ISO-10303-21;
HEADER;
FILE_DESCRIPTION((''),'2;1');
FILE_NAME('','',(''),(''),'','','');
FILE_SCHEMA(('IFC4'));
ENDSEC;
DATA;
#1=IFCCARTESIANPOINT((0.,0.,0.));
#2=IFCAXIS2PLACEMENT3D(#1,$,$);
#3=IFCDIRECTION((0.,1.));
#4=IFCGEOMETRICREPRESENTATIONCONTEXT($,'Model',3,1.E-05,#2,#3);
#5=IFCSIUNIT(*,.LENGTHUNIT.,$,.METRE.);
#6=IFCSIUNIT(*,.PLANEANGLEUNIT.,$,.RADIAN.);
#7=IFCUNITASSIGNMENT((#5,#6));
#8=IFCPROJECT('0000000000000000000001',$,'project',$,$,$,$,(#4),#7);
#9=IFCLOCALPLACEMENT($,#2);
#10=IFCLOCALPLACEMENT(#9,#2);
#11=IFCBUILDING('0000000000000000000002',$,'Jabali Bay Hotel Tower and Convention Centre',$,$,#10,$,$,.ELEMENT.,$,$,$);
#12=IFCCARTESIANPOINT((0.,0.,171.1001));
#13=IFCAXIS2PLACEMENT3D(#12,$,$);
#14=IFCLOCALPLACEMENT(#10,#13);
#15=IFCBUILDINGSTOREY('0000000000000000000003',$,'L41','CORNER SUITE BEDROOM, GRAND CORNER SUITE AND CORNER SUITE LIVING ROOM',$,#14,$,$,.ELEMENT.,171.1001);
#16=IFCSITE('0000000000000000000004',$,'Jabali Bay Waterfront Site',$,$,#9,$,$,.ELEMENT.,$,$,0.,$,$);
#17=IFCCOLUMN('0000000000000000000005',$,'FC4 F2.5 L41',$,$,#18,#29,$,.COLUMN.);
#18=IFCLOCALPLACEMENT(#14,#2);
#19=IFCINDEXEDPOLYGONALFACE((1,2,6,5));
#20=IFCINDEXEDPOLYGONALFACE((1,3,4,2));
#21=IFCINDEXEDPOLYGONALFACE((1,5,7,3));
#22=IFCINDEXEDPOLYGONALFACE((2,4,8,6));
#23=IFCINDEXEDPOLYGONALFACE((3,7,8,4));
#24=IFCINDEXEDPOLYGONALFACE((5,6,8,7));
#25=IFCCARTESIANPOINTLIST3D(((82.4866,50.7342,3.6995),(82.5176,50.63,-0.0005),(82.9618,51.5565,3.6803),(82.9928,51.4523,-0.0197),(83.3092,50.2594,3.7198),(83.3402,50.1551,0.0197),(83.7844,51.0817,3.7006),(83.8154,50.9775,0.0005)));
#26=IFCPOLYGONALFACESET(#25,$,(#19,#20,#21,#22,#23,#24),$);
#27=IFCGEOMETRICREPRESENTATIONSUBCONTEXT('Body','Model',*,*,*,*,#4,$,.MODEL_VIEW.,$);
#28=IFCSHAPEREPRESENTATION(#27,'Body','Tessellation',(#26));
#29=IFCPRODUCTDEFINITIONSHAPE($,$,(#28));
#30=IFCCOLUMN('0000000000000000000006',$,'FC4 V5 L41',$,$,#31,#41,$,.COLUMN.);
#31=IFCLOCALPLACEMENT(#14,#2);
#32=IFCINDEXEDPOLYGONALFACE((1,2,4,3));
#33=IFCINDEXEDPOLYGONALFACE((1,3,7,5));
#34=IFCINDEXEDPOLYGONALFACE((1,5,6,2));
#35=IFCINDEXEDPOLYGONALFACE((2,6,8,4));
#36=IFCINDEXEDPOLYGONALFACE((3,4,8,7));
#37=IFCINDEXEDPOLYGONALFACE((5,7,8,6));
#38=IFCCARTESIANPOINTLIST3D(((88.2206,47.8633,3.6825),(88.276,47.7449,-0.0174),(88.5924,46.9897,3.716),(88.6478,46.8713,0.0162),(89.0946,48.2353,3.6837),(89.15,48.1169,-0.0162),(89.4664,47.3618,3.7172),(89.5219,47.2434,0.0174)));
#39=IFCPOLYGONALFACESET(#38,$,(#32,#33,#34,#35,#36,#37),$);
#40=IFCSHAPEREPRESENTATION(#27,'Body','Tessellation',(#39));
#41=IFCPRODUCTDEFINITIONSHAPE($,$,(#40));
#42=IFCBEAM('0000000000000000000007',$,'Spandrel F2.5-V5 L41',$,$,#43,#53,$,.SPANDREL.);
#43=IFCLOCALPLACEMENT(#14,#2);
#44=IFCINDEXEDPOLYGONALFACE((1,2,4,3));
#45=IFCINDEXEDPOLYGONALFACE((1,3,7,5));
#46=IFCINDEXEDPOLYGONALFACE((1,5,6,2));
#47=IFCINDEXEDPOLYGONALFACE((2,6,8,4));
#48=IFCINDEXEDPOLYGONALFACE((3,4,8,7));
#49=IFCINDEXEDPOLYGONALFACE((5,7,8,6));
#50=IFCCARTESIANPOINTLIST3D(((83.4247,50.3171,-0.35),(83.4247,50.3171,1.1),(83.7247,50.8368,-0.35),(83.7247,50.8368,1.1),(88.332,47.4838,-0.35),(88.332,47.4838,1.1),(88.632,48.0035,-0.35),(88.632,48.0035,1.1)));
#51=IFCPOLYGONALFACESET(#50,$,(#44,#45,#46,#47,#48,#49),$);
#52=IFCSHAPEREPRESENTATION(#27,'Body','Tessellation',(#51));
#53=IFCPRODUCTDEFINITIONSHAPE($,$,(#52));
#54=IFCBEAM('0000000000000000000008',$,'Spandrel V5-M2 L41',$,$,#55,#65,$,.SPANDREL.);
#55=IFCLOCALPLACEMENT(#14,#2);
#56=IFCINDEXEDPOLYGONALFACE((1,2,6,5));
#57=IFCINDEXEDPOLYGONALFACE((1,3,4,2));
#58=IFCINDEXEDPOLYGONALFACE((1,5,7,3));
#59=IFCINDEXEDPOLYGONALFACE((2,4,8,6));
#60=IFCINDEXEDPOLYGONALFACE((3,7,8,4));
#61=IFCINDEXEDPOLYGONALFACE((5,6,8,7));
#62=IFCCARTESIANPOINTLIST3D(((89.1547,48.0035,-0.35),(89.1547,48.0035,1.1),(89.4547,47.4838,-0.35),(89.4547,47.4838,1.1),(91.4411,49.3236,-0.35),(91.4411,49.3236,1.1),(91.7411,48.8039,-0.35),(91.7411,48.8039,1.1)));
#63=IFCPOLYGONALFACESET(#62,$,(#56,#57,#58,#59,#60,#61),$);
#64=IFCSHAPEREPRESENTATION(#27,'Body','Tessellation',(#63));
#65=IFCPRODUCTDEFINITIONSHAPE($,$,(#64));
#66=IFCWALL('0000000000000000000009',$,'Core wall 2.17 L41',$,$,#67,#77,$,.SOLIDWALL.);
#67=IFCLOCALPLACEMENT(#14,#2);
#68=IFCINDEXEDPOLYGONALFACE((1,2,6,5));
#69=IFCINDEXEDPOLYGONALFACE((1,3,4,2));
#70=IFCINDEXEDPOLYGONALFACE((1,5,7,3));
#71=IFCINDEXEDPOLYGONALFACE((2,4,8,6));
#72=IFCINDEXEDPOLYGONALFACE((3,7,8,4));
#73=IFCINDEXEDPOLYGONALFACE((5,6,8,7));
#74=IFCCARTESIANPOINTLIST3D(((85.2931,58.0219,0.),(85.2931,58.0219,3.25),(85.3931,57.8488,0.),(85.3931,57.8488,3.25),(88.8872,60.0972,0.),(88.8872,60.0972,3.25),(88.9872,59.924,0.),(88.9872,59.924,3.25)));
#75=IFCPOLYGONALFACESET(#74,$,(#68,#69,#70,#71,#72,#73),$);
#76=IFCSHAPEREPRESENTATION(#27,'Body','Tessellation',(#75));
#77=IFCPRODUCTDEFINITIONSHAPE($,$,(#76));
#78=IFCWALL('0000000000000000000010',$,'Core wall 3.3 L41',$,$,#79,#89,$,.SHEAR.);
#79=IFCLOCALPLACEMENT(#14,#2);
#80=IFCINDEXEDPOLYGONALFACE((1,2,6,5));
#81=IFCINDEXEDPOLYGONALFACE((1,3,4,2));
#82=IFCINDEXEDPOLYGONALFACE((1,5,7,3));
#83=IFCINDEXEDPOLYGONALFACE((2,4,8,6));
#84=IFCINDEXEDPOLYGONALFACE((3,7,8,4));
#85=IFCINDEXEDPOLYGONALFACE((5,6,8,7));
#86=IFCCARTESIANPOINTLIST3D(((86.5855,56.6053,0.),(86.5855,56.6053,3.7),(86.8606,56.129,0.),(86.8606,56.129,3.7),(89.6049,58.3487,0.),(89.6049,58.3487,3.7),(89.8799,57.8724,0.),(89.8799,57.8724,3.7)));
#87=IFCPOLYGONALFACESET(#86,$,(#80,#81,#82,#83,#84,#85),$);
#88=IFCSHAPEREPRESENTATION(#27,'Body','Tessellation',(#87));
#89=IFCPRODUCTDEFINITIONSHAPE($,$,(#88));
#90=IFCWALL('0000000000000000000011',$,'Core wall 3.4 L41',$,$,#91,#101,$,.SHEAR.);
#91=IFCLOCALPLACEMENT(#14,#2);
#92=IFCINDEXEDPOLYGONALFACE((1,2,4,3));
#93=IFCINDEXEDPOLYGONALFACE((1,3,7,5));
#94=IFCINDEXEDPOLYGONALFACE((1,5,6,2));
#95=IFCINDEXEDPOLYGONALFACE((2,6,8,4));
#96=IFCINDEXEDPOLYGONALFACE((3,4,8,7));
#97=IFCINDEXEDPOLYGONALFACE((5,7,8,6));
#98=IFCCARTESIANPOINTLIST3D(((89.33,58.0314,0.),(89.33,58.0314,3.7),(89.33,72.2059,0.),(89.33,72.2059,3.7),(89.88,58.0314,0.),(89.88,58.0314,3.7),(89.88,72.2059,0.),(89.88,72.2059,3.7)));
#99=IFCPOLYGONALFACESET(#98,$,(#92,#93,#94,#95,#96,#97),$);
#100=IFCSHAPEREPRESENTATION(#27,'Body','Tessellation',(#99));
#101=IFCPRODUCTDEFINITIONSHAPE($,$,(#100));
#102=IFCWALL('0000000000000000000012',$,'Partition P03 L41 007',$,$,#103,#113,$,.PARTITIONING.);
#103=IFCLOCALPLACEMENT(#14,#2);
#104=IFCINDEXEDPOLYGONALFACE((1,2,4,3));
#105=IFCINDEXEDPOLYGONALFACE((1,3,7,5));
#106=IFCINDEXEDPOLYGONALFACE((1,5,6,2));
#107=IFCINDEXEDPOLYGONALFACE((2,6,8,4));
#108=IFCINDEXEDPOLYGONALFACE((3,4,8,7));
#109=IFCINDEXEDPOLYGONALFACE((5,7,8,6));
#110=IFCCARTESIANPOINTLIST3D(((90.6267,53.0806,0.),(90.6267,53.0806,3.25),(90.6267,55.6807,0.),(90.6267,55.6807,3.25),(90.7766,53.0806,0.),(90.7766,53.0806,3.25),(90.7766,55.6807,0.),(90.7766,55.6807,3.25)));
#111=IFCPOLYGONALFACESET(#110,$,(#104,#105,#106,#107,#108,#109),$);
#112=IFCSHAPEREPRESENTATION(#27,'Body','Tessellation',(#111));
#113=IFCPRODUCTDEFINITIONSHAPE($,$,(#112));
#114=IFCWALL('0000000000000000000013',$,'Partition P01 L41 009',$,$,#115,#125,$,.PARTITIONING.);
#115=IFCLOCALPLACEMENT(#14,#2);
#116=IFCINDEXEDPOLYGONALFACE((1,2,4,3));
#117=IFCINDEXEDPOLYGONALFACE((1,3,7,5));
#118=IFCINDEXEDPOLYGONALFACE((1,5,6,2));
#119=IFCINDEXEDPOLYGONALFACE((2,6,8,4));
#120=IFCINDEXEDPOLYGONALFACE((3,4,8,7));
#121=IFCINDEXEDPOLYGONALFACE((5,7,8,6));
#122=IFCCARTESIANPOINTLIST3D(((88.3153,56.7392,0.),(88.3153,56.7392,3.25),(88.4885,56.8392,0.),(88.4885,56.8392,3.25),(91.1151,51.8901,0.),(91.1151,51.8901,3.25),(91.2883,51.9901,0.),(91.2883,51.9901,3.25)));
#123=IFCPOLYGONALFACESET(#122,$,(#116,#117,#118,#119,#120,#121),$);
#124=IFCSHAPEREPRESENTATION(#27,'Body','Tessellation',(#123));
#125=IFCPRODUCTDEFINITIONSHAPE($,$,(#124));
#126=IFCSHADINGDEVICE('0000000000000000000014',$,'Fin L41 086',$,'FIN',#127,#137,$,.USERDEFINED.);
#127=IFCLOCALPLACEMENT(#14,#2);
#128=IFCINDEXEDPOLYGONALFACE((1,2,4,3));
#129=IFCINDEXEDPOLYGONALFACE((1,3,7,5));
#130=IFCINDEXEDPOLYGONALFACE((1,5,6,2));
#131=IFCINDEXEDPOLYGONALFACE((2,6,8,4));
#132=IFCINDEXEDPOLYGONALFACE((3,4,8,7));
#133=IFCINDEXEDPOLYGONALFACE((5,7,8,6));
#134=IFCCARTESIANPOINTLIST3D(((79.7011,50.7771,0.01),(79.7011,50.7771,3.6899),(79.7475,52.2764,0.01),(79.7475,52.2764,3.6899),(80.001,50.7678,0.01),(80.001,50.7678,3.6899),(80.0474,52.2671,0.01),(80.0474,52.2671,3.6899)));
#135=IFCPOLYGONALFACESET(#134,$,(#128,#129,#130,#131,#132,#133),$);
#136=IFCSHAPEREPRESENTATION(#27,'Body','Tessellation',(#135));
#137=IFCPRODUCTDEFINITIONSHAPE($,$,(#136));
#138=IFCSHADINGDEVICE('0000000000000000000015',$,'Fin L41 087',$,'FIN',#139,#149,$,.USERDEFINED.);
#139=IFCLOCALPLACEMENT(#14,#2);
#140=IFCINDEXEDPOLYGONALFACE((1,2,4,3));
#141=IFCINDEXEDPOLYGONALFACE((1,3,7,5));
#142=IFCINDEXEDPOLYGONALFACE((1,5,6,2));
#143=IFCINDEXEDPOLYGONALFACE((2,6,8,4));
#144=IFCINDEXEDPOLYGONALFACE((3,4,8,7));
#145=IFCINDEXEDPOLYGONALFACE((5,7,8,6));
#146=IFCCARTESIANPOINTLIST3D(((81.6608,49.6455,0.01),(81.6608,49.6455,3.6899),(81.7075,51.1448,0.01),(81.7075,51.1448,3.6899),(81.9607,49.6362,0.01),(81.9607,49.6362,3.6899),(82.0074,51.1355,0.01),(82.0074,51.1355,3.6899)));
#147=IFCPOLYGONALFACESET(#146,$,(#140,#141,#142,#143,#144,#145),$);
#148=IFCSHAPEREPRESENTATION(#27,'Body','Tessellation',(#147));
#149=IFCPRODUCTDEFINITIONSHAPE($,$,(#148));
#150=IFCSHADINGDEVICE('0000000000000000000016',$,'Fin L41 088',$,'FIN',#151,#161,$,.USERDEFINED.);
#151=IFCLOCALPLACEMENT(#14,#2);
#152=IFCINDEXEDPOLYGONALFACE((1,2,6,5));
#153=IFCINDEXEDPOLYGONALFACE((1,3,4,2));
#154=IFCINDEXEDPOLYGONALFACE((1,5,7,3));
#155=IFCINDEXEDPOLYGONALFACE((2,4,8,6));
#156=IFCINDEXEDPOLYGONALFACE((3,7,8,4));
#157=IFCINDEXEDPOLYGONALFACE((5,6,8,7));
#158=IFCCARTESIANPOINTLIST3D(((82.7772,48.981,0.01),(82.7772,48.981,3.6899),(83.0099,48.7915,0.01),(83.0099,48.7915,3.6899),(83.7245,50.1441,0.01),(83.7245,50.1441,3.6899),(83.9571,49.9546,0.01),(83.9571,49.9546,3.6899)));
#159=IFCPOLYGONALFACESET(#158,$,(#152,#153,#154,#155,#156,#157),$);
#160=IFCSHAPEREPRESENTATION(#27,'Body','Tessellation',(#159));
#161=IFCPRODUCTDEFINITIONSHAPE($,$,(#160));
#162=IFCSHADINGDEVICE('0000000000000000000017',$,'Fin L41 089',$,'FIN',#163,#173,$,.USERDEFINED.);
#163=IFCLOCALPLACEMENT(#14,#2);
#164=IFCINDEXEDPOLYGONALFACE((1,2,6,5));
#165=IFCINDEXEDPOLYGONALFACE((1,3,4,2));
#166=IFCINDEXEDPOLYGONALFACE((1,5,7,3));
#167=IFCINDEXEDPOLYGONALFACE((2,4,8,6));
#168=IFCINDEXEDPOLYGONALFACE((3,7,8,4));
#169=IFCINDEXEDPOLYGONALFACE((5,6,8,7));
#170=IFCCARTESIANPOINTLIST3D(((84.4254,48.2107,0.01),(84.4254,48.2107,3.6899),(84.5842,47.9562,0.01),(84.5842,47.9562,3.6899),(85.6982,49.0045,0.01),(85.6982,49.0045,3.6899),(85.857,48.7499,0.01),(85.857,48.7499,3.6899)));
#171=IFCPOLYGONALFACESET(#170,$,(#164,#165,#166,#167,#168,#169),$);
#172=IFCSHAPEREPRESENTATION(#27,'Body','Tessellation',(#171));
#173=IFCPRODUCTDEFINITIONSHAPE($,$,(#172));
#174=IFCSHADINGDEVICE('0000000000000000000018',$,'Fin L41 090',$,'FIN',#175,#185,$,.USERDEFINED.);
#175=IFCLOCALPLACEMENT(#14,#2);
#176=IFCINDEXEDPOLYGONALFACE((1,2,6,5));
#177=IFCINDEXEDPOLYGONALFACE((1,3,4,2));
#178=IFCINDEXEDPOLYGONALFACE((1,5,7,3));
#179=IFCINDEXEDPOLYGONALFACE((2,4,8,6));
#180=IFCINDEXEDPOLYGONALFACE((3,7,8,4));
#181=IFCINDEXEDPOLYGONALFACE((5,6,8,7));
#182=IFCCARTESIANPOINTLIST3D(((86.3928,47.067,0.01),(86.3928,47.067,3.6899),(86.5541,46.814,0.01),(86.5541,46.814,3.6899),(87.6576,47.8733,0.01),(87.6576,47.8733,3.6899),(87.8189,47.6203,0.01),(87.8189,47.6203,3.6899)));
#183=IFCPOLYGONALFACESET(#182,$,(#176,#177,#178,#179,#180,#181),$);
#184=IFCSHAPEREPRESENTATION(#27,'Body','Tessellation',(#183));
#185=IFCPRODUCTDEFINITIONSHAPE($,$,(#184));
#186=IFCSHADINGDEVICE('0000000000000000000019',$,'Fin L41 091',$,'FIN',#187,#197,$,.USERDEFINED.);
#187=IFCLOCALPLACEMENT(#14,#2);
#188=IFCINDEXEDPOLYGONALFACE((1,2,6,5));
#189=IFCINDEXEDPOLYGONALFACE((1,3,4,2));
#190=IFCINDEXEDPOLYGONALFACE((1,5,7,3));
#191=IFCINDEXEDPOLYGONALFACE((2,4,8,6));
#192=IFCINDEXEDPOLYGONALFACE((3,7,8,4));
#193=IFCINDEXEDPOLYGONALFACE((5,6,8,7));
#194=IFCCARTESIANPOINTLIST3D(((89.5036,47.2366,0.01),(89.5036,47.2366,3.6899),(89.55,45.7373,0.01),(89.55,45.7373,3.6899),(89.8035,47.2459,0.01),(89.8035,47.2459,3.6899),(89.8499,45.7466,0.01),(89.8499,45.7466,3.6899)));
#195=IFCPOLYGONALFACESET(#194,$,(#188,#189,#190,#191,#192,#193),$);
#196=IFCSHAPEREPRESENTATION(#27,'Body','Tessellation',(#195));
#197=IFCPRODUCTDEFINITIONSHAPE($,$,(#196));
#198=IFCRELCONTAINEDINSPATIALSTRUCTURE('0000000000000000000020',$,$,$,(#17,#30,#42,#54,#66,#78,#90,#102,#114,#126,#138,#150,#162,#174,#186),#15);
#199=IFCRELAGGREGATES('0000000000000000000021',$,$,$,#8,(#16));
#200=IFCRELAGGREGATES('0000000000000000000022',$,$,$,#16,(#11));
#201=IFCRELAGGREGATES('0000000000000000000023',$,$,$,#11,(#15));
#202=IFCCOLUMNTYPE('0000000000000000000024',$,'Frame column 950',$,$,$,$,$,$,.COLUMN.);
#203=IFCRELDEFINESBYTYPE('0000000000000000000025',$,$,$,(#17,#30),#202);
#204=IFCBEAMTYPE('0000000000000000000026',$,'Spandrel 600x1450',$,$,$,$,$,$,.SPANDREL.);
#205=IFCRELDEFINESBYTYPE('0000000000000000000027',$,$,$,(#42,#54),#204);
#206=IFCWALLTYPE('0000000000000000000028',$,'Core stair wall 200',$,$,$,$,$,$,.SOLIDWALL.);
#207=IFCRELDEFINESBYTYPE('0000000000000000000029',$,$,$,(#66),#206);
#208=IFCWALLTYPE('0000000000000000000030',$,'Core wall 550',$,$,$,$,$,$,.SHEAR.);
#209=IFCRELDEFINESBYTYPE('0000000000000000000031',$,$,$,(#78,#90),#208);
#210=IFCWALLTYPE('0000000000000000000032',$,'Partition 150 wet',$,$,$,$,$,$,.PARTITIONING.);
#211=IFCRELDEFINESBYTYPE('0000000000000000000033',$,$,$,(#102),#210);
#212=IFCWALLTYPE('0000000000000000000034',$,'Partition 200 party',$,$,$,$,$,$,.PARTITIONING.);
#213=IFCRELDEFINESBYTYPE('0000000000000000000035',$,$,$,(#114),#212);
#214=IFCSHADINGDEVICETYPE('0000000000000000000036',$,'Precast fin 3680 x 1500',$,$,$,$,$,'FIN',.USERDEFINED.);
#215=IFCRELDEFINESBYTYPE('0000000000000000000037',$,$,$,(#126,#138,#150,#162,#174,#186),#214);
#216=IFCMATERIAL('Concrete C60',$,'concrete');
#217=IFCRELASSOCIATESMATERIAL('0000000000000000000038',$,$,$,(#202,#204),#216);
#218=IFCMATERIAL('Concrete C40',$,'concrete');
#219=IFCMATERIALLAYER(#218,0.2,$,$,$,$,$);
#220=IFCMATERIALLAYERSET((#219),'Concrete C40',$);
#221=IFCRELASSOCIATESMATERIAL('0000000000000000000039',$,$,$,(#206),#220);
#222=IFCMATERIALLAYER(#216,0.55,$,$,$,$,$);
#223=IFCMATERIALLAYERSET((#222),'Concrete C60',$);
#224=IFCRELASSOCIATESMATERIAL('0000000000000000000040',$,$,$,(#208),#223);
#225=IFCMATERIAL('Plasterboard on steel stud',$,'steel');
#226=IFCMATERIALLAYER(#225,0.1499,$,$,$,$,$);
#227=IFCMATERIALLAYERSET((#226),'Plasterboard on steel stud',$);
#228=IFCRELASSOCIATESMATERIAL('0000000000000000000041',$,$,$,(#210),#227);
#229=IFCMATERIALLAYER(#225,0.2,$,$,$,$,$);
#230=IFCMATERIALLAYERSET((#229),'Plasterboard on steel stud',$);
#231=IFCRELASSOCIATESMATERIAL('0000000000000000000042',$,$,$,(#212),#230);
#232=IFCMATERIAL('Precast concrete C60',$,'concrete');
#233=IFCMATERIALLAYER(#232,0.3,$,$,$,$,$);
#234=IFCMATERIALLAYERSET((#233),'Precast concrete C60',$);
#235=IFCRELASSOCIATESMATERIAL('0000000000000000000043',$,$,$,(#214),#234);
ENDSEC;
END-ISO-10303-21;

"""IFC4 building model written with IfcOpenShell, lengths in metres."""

from ifc_helpers import new_model, si_unit, direction, frame, frame_2d, origin, origin_2d, place, context, subcontext, project, spatial, rectangle, extrude, material, layer, layer_set, material_profile, profile_set, type_object, element, save


model = new_model("IFC4")

# Units and contexts
model_context = context("Model", 3, precision=1e-05, world=origin(), true_north=direction((0.0, 1.0)))
body_context = subcontext(model_context, "Body", "Model", "MODEL_VIEW")
ifc_project = project(units=[si_unit("LENGTHUNIT", "METRE"), si_unit("PLANEANGLEUNIT", "RADIAN")], contexts=[model_context])

# Site, building, storey
site_placement = place(None, origin())
site = spatial("IfcSite", under=ifc_project, at=site_placement, Name="Jabali Bay Waterfront Site", CompositionType="ELEMENT", RefElevation=0.0)
building_placement = place(site_placement, origin())
building = spatial("IfcBuilding", under=site, at=building_placement, Name="Jabali Bay Hotel Tower and Convention Centre", CompositionType="ELEMENT")
storey_placement = place(building_placement, frame((0.0, 0.0, 171.1001)))
storey = spatial("IfcBuildingStorey", under=building, at=storey_placement, Name="L41", Description="CORNER SUITE BEDROOM, GRAND CORNER SUITE AND CORNER SUITE LIVING ROOM", CompositionType="ELEMENT", Elevation=171.1001)

# Columns
ifc_material_1 = material(Name="Concrete C60", Category="concrete")
ifc_material_profile_1 = material_profile(ifc_material_1, rectangle(XDim=0.95, YDim=0.95, at=origin_2d()), Name="Frame column 950")
ifc_profile_set_1 = profile_set([ifc_material_profile_1], Name="Concrete C60")
column_type = type_object("IfcColumnType", Name="Frame column 950", PredefinedType="COLUMN", material=ifc_profile_set_1)
column_1_placement = place(storey_placement, frame((83.1665, 50.8037, 0.0), z_axis=(-0.008376, 0.028163, 0.999568), x_axis=(-0.500232, -0.865656, 0.020198)))
element("IfcColumn", 1, at=column_1_placement, inside=storey, type_object=column_type, Name="FC4 F2.5 L41", PredefinedType="COLUMN", context=body_context, shape_type="SweptSolid", body=[
    extrude(rectangle(XDim=0.95, YDim=0.95, at=origin_2d()), origin(), (0.0, 0.0, 1.0), 3.7017),
])
column_2_placement = place(storey_placement, frame((88.8989, 47.4941, 0.0), z_axis=(-0.014969, 0.031983, 0.999376), x_axis=(0.391404, -0.919542, 0.03529)))
element("IfcColumn", 2, at=column_2_placement, inside=storey, type_object=column_type, Name="FC4 V5 L41", PredefinedType="COLUMN", context=body_context, shape_type="SweptSolid", body=[
    extrude(rectangle(XDim=0.95, YDim=0.95, at=origin_2d()), origin(), (0.0, 0.0, 1.0), 3.7021),
])

# Beams
ifc_material_profile_2 = material_profile(ifc_material_1, rectangle(XDim=0.6001, YDim=1.45, at=origin_2d()), Name="Spandrel 600x1450")
ifc_profile_set_2 = profile_set([ifc_material_profile_2], Name="Concrete C60")
beam_type = type_object("IfcBeamType", Name="Spandrel 600x1450", PredefinedType="SPANDREL", material=ifc_profile_set_2)
beam_1_placement = place(storey_placement, frame((83.5747, 50.5769, 0.375), z_axis=(0.866021, -0.500008, 0.0), x_axis=(0.500008, 0.866021, 0.0)))
element("IfcBeam", 3, at=beam_1_placement, inside=storey, type_object=beam_type, Name="Spandrel F2.5-V5 L41", PredefinedType="SPANDREL", context=body_context, shape_type="SweptSolid", body=[
    extrude(rectangle(XDim=0.6001, YDim=1.45, at=origin_2d()), origin(), (0.0, 0.0, 1.0), 5.6665),
])
beam_2_placement = place(storey_placement, frame((89.3047, 47.7437, 0.375), z_axis=(0.866021, 0.500008, 0.0), x_axis=(-0.500008, 0.866021, 0.0)))
element("IfcBeam", 4, at=beam_2_placement, inside=storey, type_object=beam_type, Name="Spandrel V5-M2 L41", PredefinedType="SPANDREL", context=body_context, shape_type="SweptSolid", body=[
    extrude(rectangle(XDim=0.6001, YDim=1.45, at=origin_2d()), origin(), (0.0, 0.0, 1.0), 2.6401),
])

# Walls
ifc_material_2 = material(Name="Concrete C40", Category="concrete")
ifc_layer_1 = layer(ifc_material_2, 0.2)
ifc_layer_set_1 = layer_set([ifc_layer_1], Name="Concrete C40")
wall_type_1 = type_object("IfcWallType", Name="Core stair wall 200", PredefinedType="SOLIDWALL", material=ifc_layer_set_1)
wall_1_placement = place(storey_placement, frame((85.343, 57.9353, 0.0), z_axis=(0.0, 0.0, 1.0), x_axis=(0.866004, 0.500036, 0.0)))
element("IfcWall", 5, at=wall_1_placement, inside=storey, type_object=wall_type_1, Name="Core wall 2.17 L41", PredefinedType="SOLIDWALL", context=body_context, shape_type="SweptSolid", body=[
    extrude(rectangle(XDim=4.1501, YDim=0.2, at=frame_2d((2.0752, 0.0))), origin(), (0.0, 0.0, 1.0), 3.25),
])
ifc_layer_2 = layer(ifc_material_1, 0.55)
ifc_layer_set_2 = layer_set([ifc_layer_2], Name="Concrete C60")
wall_type_2 = type_object("IfcWallType", Name="Core wall 550", PredefinedType="SHEAR", material=ifc_layer_set_2)
wall_2_placement = place(storey_placement, frame((86.7231, 56.3672, 0.0), z_axis=(0.0, 0.0, 1.0), x_axis=(0.865998, 0.500048, 0.0)))
element("IfcWall", 6, at=wall_2_placement, inside=storey, type_object=wall_type_2, Name="Core wall 3.3 L41", PredefinedType="SHEAR", context=body_context, shape_type="SweptSolid", body=[
    extrude(rectangle(XDim=3.4866, YDim=0.55, at=frame_2d((1.7432, 0.0))), origin(), (0.0, 0.0, 1.0), 3.7),
])
wall_3_placement = place(storey_placement, frame((89.605, 58.0312, 0.0), z_axis=(0.0, 0.0, 1.0), x_axis=(0.0, 1.0, 0.0)))
element("IfcWall", 7, at=wall_3_placement, inside=storey, type_object=wall_type_2, Name="Core wall 3.4 L41", PredefinedType="SHEAR", context=body_context, shape_type="SweptSolid", body=[
    extrude(rectangle(XDim=14.1746, YDim=0.55, at=frame_2d((7.0874, 0.0))), origin(), (0.0, 0.0, 1.0), 3.7),
])

# Walls
ifc_material_3 = material(Name="Plasterboard on steel stud", Category="steel")
ifc_layer_3 = layer(ifc_material_3, 0.1499)
ifc_layer_set_3 = layer_set([ifc_layer_3], Name="Plasterboard on steel stud")
wall_type_3 = type_object("IfcWallType", Name="Partition 150 wet", PredefinedType="PARTITIONING", material=ifc_layer_set_3)
wall_4_placement = place(storey_placement, frame((90.7017, 53.0806, 0.0), z_axis=(0.0, 0.0, 1.0), x_axis=(0.0, 1.0, 0.0)))
element("IfcWall", 8, at=wall_4_placement, inside=storey, type_object=wall_type_3, Name="Partition P03 L41 007", PredefinedType="PARTITIONING", context=body_context, shape_type="SweptSolid", body=[
    extrude(rectangle(XDim=2.6001, YDim=0.1499, at=frame_2d((1.3, 0.0))), origin(), (0.0, 0.0, 1.0), 3.25),
])
ifc_layer_4 = layer(ifc_material_3, 0.2)
ifc_layer_set_4 = layer_set([ifc_layer_4], Name="Plasterboard on steel stud")
wall_type_4 = type_object("IfcWallType", Name="Partition 200 party", PredefinedType="PARTITIONING", material=ifc_layer_set_4)
wall_5_placement = place(storey_placement, frame((88.4019, 56.7893, 0.0), z_axis=(0.0, 0.0, 1.0), x_axis=(0.500022, -0.866013, 0.0)))
element("IfcWall", 9, at=wall_5_placement, inside=storey, type_object=wall_type_4, Name="Partition P01 L41 009", PredefinedType="PARTITIONING", context=body_context, shape_type="SweptSolid", body=[
    extrude(rectangle(XDim=5.5994, YDim=0.2, at=frame_2d((2.7998, 0.0))), origin(), (0.0, 0.0, 1.0), 3.25),
])

# Shading devices
ifc_material_4 = material(Name="Precast concrete C60", Category="concrete")
ifc_layer_5 = layer(ifc_material_4, 0.3)
ifc_layer_set_5 = layer_set([ifc_layer_5], Name="Precast concrete C60")
shading_device_type = type_object("IfcShadingDeviceType", Name="Precast fin 3680 x 1500", ElementType="FIN", PredefinedType="USERDEFINED", material=ifc_layer_set_5)
for number, where, z_axis, x_axis, name in (
    (10, (79.8975, 52.2717, 0.01), (0.0, 0.0, 1.0), (-0.030925, -0.999522, 0.0), "Fin L41 086"),
    (11, (81.8574, 51.1401, 0.01), (0.0, 0.0, 1.0), (-0.031087, -0.999517, 0.0), "Fin L41 087"),
    (12, (83.8408, 50.0493, 0.01), (0.0, 0.0, 1.0), (-0.631499, -0.775377, 0.0), "Fin L41 088"),
    (13, (85.7776, 48.8772, 0.01), (0.0, 0.0, 1.0), (-0.848519, -0.529165, 0.0), "Fin L41 089"),
    (14, (87.7383, 47.7468, 0.01), (0.0, 0.0, 1.0), (-0.843219, -0.53757, 0.0), "Fin L41 090"),
    (15, (89.6536, 47.2412, 0.01), (0.0, 0.0, 1.0), (0.030925, -0.999522, 0.0), "Fin L41 091"),
):
    element("IfcShadingDevice", number, at=place(storey_placement, frame(where, z_axis=z_axis, x_axis=x_axis)), inside=storey, type_object=shading_device_type, Name=name, ObjectType="FIN", PredefinedType="USERDEFINED", context=body_context, shape_type="SweptSolid", body=[
        extrude(rectangle(XDim=1.5, YDim=0.3, at=frame_2d((0.75, 0.0))), origin(), (0.0, 0.0, 1.0), 3.6799),
    ])

save(model, "model.ifc")
